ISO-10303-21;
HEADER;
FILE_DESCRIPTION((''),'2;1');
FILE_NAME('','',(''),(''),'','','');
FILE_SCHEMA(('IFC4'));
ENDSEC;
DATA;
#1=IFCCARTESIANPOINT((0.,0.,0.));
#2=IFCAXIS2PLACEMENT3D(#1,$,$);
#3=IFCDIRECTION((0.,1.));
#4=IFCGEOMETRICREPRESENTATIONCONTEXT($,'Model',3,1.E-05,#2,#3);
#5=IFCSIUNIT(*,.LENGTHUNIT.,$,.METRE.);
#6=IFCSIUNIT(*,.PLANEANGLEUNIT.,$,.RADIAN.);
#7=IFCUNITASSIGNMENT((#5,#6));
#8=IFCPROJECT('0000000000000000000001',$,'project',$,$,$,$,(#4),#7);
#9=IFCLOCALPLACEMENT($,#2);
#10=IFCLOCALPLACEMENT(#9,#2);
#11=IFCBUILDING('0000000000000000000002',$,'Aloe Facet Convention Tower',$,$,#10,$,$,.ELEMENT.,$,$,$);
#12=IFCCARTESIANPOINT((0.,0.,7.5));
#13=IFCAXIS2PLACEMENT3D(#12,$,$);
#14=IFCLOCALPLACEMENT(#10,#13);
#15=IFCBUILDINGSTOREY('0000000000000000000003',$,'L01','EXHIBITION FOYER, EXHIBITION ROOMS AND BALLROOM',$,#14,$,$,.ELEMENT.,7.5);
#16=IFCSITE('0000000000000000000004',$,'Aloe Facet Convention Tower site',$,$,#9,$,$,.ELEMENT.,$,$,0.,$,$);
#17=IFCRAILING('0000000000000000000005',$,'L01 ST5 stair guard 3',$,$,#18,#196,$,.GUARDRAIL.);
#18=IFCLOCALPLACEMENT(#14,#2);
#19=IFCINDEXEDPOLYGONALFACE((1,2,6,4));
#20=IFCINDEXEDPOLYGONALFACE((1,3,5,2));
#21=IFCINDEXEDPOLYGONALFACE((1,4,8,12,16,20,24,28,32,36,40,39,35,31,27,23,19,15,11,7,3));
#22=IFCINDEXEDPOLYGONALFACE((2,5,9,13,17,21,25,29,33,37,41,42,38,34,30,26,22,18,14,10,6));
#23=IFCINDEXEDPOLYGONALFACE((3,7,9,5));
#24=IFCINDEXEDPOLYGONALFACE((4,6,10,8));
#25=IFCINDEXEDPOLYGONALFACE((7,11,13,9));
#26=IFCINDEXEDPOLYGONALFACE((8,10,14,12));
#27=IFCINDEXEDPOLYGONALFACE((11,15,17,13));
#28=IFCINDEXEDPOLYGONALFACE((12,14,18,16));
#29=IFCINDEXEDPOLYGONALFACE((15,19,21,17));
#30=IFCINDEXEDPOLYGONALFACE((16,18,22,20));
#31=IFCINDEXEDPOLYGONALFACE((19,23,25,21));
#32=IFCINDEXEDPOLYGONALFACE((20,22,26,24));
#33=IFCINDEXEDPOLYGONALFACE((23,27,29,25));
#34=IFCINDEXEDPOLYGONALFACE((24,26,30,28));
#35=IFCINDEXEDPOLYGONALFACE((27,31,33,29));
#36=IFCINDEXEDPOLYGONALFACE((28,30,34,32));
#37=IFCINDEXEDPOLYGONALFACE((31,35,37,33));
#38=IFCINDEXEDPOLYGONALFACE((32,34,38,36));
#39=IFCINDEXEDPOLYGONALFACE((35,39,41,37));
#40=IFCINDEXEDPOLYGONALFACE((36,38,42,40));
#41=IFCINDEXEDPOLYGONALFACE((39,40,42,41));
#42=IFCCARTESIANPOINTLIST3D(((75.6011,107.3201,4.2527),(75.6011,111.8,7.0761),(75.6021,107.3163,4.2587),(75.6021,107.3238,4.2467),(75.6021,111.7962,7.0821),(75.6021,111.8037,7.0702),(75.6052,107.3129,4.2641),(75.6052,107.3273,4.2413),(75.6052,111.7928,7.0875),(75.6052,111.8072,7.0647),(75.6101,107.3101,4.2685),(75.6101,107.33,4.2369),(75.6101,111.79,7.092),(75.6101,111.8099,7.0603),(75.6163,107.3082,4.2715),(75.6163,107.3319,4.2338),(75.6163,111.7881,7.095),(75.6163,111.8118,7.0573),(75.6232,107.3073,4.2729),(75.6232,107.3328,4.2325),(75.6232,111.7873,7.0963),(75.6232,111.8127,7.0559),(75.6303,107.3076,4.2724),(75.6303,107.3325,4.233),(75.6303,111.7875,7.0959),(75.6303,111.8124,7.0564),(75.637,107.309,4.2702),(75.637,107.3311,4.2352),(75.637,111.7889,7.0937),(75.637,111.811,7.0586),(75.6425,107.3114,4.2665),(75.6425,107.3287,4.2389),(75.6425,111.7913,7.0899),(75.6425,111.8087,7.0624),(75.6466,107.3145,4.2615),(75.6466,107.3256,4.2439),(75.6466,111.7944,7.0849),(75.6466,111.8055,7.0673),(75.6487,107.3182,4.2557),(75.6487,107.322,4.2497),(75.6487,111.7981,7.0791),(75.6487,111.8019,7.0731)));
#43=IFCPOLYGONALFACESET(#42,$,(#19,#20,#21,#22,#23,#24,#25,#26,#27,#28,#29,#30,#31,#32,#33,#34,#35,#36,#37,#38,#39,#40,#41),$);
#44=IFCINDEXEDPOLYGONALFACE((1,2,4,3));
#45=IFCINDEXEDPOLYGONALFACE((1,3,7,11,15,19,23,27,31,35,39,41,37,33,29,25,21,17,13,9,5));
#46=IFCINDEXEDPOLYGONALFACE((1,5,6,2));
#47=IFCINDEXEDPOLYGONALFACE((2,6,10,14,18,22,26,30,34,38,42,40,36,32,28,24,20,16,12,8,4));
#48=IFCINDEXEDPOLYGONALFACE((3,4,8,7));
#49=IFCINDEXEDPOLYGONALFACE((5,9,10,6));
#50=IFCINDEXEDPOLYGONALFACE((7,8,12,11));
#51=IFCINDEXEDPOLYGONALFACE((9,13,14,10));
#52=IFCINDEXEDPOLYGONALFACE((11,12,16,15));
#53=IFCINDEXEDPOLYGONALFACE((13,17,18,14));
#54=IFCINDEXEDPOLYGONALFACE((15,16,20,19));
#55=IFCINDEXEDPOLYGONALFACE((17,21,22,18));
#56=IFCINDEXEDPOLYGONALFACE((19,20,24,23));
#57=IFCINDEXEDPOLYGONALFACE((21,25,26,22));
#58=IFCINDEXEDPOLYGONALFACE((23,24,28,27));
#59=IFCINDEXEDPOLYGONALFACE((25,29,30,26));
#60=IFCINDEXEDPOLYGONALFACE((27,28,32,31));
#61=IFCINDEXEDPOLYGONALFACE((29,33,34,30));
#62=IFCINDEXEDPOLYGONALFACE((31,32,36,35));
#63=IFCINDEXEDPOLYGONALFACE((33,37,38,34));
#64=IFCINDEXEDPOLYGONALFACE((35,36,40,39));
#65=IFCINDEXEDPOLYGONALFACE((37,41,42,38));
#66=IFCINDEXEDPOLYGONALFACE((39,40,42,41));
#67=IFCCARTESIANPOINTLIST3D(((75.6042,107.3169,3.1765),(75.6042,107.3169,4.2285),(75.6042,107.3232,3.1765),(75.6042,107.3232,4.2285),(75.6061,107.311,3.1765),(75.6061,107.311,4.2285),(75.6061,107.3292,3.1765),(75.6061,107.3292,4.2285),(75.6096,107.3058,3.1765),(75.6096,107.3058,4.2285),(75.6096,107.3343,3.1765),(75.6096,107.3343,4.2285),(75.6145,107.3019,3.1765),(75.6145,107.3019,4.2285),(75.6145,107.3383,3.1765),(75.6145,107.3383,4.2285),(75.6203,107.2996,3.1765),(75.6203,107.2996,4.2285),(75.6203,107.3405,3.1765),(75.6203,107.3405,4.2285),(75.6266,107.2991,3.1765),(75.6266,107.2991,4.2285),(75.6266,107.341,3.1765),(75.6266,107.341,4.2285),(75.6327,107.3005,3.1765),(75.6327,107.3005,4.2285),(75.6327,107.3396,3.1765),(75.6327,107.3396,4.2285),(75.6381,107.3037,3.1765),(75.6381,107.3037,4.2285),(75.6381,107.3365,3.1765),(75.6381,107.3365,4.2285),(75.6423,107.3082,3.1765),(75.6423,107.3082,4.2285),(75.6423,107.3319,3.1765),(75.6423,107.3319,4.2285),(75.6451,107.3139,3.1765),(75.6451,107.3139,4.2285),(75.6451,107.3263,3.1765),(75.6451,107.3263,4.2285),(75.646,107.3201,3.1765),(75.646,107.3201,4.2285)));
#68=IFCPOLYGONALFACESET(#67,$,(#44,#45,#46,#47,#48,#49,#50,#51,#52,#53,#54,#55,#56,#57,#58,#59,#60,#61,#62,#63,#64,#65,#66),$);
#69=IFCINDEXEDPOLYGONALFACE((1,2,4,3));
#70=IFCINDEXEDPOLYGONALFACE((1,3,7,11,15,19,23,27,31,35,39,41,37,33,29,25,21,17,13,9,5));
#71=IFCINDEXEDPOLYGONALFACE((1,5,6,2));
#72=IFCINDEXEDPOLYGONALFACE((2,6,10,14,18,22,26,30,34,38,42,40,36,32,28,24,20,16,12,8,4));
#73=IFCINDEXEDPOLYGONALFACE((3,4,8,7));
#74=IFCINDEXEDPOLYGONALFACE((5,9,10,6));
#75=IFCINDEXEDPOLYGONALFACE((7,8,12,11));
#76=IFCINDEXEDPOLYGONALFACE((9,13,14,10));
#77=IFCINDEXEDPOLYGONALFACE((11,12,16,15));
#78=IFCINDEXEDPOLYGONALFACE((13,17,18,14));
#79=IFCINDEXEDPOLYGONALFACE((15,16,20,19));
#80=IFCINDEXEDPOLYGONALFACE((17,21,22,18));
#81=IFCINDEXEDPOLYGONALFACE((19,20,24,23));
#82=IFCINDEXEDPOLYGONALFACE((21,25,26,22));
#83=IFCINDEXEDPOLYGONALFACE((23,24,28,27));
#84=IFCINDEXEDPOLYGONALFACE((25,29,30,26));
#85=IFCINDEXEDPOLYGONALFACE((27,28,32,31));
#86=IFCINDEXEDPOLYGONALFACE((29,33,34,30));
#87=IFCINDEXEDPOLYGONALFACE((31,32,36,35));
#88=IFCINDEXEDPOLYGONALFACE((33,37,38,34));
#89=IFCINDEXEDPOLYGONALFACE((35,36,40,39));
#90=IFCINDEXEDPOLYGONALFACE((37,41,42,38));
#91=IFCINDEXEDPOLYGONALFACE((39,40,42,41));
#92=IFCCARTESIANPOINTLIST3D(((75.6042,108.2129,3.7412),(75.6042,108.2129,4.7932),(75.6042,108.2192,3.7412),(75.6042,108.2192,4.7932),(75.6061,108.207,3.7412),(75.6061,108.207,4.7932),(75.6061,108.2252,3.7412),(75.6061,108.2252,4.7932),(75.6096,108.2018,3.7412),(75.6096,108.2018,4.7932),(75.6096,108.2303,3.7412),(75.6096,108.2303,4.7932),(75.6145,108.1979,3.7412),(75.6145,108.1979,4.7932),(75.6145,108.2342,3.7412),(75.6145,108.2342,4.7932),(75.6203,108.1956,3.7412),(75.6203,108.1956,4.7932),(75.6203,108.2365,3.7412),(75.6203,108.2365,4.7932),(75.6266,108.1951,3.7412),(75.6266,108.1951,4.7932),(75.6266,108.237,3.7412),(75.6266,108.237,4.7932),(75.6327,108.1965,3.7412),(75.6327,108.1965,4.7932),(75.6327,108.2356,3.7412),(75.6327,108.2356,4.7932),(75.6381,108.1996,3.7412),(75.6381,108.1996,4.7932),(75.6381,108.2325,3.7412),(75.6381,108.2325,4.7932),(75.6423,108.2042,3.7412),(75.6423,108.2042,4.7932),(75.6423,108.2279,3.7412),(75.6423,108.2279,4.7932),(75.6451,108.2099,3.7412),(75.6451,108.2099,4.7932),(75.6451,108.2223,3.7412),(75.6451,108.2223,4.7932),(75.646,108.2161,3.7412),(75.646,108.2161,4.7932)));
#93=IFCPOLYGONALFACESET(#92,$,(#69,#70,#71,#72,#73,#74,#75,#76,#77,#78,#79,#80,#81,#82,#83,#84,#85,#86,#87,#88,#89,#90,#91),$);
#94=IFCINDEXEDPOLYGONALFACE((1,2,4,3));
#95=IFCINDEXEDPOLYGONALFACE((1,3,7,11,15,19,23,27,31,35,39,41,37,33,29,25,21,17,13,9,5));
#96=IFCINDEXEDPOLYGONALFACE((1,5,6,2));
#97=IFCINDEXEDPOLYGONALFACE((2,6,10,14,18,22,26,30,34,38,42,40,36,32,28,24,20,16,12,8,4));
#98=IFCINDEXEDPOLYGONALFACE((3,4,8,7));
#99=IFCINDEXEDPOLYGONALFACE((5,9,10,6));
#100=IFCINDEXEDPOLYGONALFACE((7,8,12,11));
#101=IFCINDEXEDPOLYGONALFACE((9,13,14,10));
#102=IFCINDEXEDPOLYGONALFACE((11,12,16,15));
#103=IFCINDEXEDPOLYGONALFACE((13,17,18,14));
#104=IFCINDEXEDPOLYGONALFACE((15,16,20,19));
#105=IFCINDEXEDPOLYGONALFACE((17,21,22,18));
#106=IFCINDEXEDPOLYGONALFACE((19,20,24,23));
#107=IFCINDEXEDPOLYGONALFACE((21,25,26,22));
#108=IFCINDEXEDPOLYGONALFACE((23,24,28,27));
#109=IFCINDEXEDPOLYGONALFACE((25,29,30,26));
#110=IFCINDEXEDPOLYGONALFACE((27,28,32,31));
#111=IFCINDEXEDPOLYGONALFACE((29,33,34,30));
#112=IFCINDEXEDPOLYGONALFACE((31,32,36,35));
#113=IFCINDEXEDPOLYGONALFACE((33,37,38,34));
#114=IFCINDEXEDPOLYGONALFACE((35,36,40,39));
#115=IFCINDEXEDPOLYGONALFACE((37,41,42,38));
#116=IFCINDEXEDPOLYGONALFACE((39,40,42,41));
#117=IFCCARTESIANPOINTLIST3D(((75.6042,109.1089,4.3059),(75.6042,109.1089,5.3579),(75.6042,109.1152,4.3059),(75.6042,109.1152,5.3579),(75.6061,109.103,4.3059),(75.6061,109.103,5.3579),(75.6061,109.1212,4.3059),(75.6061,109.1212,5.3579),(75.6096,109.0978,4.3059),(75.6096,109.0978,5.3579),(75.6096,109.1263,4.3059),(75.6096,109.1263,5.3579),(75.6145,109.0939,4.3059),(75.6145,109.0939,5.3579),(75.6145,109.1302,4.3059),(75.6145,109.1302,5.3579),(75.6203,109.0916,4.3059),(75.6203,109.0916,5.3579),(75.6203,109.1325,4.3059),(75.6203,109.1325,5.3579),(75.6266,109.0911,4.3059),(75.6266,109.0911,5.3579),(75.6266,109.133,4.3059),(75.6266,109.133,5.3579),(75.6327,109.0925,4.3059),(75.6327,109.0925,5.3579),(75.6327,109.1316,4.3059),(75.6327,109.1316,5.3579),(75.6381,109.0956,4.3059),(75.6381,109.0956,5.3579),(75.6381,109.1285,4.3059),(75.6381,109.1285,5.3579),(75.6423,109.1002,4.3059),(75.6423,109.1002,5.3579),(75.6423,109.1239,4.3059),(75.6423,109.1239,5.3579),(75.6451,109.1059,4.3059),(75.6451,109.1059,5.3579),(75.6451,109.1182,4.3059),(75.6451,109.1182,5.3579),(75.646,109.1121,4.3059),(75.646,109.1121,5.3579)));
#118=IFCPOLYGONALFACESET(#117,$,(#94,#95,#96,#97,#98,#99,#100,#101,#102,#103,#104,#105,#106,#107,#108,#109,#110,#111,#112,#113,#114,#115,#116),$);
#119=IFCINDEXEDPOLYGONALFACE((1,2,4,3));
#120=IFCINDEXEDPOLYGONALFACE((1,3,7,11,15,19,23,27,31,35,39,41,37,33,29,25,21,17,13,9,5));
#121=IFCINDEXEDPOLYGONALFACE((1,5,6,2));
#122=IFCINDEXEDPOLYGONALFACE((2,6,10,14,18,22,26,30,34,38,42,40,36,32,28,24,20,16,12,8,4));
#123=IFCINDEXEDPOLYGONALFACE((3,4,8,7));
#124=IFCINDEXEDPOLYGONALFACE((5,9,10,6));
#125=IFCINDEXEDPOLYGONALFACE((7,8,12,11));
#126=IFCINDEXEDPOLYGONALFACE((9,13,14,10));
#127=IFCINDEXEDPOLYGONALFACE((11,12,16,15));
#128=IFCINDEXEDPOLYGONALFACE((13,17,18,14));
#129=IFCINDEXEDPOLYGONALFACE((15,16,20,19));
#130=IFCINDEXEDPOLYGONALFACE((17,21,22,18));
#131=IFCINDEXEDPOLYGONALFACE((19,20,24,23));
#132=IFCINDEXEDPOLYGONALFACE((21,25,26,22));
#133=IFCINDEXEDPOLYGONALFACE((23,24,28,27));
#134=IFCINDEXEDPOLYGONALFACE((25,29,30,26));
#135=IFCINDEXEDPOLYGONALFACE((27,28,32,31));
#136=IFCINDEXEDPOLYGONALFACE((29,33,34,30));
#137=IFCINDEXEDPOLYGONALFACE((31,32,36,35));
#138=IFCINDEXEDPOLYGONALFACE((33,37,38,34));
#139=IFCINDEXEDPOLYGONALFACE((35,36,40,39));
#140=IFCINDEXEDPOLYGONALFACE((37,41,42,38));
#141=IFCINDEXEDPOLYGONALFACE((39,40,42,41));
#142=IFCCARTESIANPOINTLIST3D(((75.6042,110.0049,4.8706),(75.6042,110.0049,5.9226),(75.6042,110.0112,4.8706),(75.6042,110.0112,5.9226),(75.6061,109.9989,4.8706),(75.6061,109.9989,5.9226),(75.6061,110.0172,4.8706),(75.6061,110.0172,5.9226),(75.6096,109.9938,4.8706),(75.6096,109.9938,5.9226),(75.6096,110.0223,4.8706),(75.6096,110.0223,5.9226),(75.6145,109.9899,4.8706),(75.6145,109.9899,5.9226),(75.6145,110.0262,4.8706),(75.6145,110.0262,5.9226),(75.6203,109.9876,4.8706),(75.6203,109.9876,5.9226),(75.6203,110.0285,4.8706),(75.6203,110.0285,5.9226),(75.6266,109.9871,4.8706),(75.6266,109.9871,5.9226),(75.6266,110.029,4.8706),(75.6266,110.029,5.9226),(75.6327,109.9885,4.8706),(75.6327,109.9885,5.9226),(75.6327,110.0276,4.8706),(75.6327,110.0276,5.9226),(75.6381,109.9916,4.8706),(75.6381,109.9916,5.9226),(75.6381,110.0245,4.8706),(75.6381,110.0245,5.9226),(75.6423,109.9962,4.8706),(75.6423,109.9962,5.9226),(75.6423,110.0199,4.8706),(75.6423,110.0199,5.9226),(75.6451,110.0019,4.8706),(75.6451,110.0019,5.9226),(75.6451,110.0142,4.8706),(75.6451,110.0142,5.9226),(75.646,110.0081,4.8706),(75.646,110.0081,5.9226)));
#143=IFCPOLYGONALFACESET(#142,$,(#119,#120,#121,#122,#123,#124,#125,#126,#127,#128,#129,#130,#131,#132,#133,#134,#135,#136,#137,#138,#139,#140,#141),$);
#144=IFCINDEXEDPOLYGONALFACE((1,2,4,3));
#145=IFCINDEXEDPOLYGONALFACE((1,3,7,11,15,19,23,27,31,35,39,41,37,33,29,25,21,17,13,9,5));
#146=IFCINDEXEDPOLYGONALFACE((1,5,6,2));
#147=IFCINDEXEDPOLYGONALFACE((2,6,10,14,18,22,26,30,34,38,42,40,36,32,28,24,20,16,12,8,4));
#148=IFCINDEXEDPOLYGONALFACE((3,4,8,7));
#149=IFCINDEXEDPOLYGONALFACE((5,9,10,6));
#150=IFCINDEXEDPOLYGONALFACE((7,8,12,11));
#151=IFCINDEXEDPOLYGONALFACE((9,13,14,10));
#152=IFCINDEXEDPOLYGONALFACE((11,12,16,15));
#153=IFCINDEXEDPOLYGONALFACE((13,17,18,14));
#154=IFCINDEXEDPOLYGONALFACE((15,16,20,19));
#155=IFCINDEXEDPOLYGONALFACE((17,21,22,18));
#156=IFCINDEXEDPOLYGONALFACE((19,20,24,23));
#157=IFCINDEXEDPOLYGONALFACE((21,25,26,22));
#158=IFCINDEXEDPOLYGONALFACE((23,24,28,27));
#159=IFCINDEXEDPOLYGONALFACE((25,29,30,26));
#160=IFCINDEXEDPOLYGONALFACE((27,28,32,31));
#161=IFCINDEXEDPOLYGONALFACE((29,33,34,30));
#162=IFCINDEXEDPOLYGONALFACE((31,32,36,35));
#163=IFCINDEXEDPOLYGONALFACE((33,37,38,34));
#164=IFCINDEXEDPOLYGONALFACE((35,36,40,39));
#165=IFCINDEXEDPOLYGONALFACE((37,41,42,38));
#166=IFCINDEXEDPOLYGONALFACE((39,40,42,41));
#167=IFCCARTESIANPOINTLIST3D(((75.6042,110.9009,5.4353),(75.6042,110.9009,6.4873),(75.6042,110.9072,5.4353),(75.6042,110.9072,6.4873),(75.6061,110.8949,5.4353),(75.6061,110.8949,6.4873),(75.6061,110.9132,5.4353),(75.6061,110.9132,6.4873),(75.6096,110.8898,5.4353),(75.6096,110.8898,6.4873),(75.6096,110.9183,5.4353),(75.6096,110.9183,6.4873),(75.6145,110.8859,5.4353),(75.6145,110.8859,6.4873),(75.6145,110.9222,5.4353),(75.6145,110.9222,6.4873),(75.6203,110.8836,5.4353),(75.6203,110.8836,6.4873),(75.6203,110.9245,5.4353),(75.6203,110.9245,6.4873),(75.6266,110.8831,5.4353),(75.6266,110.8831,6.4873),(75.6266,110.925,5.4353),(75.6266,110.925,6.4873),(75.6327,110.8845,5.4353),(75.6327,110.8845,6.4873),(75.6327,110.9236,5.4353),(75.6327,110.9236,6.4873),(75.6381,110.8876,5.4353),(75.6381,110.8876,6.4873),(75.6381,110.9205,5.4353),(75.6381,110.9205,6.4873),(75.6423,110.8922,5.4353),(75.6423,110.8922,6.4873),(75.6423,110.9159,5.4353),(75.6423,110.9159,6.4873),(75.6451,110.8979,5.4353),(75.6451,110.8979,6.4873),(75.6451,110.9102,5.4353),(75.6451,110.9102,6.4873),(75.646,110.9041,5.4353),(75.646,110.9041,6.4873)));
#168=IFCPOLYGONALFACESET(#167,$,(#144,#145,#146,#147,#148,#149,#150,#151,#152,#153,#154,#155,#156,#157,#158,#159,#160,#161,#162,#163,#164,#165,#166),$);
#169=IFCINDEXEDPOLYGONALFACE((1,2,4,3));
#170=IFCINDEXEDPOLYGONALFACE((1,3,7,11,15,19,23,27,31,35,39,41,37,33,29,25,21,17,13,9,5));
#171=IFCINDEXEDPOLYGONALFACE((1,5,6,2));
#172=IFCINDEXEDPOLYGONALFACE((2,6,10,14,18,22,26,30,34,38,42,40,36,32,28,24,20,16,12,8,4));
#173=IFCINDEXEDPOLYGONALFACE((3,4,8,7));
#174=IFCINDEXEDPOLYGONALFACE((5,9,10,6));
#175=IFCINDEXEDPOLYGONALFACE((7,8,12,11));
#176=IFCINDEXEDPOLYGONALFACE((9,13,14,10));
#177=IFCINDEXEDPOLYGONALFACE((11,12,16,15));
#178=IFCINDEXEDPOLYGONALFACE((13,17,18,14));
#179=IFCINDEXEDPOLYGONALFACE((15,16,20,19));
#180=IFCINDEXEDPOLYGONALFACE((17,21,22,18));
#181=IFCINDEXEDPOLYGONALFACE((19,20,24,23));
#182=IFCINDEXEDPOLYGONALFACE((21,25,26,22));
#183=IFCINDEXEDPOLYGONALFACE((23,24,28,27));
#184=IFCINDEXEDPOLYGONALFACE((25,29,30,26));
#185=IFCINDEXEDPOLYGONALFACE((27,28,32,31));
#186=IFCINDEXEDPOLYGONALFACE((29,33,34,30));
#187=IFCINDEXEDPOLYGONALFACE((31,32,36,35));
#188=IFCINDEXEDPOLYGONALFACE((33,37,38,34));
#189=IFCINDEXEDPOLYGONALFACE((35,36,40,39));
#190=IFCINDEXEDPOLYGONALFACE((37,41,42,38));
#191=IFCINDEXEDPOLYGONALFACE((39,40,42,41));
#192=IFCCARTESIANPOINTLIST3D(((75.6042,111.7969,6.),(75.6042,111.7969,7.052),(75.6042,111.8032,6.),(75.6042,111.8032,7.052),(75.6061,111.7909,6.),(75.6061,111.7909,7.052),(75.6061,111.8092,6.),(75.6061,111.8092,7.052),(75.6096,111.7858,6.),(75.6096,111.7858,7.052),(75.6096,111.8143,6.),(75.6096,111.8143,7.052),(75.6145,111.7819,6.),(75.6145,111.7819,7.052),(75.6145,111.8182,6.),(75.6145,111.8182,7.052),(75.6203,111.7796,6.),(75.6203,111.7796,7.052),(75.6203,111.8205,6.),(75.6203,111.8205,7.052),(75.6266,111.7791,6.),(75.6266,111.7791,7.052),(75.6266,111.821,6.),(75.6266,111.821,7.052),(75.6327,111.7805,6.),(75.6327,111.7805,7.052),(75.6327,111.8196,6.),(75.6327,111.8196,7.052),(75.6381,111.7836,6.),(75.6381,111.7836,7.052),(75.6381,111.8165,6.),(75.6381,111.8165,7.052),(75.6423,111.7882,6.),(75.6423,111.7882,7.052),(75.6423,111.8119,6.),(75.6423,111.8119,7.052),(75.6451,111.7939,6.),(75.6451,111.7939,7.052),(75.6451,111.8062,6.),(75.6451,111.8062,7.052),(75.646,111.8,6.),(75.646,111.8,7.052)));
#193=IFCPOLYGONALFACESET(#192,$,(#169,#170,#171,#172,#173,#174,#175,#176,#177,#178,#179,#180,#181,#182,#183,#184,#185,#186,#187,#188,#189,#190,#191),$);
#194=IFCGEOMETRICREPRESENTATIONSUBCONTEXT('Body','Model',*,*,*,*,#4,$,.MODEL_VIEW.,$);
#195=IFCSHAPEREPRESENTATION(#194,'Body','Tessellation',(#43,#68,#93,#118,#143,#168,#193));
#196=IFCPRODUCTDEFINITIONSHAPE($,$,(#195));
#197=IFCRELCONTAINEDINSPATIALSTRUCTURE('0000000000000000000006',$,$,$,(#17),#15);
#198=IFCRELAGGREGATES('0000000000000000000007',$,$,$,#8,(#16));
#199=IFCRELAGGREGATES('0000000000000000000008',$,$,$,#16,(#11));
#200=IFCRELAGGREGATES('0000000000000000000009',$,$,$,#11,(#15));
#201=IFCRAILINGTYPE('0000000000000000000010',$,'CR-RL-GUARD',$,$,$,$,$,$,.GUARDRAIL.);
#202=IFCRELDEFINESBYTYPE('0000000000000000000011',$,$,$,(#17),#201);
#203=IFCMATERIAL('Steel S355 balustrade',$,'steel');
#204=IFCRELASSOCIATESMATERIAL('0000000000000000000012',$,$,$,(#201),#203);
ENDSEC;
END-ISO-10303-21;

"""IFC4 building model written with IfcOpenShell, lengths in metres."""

from ifc_helpers import new_model, si_unit, direction, frame, origin, origin_2d, place, context, subcontext, project, spatial, circle, extrude, material, type_object, element, save


model = new_model("IFC4")

# Units and contexts
model_context = context("Model", 3, precision=1e-05, world=origin(), true_north=direction((0.0, 1.0)))
body_context = subcontext(model_context, "Body", "Model", "MODEL_VIEW")
ifc_project = project(units=[si_unit("LENGTHUNIT", "METRE"), si_unit("PLANEANGLEUNIT", "RADIAN")], contexts=[model_context])

# Site, building, storey
site_placement = place(None, origin())
site = spatial("IfcSite", under=ifc_project, at=site_placement, Name="Aloe Facet Convention Tower site", CompositionType="ELEMENT", RefElevation=0.0)
building_placement = place(site_placement, origin())
building = spatial("IfcBuilding", under=site, at=building_placement, Name="Aloe Facet Convention Tower", CompositionType="ELEMENT")
storey_placement = place(building_placement, frame((0.0, 0.0, 7.5)))
storey = spatial("IfcBuildingStorey", under=building, at=storey_placement, Name="L01", Description="EXHIBITION FOYER, EXHIBITION ROOMS AND BALLROOM", CompositionType="ELEMENT", Elevation=7.5)

# Railing
ifc_material_1 = material(Name="Steel S355 balustrade", Category="steel")
railing_type_1 = type_object("IfcRailingType", Name="CR-RL-GUARD", PredefinedType="GUARDRAIL", material=ifc_material_1)
railing_1_placement = place(storey_placement, frame((75.625, 107.3201, 3.1765)))
element("IfcRailing", 1, at=railing_1_placement, inside=storey, type_object=railing_type_1, Name="L01 ST5 stair guard 3", PredefinedType="GUARDRAIL", context=body_context, shape_type="SweptSolid", body=[
    extrude(circle(Radius=0.0239, at=origin_2d()), frame((0.0, 0.0, 1.0762), z_axis=(0.0, 0.845998, 0.533186), x_axis=(-1.0, 0.0, 0.0)), (0.0, 0.0, 1.0), 5.2954),
    extrude(circle(Radius=0.021, at=origin_2d()), origin(), (0.0, 0.0, 1.0), 1.052),
    extrude(circle(Radius=0.021, at=origin_2d()), frame((0.0, 0.896, 0.5647)), (0.0, 0.0, 1.0), 1.052),
    extrude(circle(Radius=0.021, at=origin_2d()), frame((0.0, 1.792, 1.1294)), (0.0, 0.0, 1.0), 1.052),
    extrude(circle(Radius=0.021, at=origin_2d()), frame((0.0, 2.688, 1.6941)), (0.0, 0.0, 1.0), 1.052),
    extrude(circle(Radius=0.021, at=origin_2d()), frame((0.0, 3.584, 2.2588)), (0.0, 0.0, 1.0), 1.052),
    extrude(circle(Radius=0.021, at=origin_2d()), frame((0.0, 4.48, 2.8235)), (0.0, 0.0, 1.0), 1.052),
])

save(model, "model.ifc")
